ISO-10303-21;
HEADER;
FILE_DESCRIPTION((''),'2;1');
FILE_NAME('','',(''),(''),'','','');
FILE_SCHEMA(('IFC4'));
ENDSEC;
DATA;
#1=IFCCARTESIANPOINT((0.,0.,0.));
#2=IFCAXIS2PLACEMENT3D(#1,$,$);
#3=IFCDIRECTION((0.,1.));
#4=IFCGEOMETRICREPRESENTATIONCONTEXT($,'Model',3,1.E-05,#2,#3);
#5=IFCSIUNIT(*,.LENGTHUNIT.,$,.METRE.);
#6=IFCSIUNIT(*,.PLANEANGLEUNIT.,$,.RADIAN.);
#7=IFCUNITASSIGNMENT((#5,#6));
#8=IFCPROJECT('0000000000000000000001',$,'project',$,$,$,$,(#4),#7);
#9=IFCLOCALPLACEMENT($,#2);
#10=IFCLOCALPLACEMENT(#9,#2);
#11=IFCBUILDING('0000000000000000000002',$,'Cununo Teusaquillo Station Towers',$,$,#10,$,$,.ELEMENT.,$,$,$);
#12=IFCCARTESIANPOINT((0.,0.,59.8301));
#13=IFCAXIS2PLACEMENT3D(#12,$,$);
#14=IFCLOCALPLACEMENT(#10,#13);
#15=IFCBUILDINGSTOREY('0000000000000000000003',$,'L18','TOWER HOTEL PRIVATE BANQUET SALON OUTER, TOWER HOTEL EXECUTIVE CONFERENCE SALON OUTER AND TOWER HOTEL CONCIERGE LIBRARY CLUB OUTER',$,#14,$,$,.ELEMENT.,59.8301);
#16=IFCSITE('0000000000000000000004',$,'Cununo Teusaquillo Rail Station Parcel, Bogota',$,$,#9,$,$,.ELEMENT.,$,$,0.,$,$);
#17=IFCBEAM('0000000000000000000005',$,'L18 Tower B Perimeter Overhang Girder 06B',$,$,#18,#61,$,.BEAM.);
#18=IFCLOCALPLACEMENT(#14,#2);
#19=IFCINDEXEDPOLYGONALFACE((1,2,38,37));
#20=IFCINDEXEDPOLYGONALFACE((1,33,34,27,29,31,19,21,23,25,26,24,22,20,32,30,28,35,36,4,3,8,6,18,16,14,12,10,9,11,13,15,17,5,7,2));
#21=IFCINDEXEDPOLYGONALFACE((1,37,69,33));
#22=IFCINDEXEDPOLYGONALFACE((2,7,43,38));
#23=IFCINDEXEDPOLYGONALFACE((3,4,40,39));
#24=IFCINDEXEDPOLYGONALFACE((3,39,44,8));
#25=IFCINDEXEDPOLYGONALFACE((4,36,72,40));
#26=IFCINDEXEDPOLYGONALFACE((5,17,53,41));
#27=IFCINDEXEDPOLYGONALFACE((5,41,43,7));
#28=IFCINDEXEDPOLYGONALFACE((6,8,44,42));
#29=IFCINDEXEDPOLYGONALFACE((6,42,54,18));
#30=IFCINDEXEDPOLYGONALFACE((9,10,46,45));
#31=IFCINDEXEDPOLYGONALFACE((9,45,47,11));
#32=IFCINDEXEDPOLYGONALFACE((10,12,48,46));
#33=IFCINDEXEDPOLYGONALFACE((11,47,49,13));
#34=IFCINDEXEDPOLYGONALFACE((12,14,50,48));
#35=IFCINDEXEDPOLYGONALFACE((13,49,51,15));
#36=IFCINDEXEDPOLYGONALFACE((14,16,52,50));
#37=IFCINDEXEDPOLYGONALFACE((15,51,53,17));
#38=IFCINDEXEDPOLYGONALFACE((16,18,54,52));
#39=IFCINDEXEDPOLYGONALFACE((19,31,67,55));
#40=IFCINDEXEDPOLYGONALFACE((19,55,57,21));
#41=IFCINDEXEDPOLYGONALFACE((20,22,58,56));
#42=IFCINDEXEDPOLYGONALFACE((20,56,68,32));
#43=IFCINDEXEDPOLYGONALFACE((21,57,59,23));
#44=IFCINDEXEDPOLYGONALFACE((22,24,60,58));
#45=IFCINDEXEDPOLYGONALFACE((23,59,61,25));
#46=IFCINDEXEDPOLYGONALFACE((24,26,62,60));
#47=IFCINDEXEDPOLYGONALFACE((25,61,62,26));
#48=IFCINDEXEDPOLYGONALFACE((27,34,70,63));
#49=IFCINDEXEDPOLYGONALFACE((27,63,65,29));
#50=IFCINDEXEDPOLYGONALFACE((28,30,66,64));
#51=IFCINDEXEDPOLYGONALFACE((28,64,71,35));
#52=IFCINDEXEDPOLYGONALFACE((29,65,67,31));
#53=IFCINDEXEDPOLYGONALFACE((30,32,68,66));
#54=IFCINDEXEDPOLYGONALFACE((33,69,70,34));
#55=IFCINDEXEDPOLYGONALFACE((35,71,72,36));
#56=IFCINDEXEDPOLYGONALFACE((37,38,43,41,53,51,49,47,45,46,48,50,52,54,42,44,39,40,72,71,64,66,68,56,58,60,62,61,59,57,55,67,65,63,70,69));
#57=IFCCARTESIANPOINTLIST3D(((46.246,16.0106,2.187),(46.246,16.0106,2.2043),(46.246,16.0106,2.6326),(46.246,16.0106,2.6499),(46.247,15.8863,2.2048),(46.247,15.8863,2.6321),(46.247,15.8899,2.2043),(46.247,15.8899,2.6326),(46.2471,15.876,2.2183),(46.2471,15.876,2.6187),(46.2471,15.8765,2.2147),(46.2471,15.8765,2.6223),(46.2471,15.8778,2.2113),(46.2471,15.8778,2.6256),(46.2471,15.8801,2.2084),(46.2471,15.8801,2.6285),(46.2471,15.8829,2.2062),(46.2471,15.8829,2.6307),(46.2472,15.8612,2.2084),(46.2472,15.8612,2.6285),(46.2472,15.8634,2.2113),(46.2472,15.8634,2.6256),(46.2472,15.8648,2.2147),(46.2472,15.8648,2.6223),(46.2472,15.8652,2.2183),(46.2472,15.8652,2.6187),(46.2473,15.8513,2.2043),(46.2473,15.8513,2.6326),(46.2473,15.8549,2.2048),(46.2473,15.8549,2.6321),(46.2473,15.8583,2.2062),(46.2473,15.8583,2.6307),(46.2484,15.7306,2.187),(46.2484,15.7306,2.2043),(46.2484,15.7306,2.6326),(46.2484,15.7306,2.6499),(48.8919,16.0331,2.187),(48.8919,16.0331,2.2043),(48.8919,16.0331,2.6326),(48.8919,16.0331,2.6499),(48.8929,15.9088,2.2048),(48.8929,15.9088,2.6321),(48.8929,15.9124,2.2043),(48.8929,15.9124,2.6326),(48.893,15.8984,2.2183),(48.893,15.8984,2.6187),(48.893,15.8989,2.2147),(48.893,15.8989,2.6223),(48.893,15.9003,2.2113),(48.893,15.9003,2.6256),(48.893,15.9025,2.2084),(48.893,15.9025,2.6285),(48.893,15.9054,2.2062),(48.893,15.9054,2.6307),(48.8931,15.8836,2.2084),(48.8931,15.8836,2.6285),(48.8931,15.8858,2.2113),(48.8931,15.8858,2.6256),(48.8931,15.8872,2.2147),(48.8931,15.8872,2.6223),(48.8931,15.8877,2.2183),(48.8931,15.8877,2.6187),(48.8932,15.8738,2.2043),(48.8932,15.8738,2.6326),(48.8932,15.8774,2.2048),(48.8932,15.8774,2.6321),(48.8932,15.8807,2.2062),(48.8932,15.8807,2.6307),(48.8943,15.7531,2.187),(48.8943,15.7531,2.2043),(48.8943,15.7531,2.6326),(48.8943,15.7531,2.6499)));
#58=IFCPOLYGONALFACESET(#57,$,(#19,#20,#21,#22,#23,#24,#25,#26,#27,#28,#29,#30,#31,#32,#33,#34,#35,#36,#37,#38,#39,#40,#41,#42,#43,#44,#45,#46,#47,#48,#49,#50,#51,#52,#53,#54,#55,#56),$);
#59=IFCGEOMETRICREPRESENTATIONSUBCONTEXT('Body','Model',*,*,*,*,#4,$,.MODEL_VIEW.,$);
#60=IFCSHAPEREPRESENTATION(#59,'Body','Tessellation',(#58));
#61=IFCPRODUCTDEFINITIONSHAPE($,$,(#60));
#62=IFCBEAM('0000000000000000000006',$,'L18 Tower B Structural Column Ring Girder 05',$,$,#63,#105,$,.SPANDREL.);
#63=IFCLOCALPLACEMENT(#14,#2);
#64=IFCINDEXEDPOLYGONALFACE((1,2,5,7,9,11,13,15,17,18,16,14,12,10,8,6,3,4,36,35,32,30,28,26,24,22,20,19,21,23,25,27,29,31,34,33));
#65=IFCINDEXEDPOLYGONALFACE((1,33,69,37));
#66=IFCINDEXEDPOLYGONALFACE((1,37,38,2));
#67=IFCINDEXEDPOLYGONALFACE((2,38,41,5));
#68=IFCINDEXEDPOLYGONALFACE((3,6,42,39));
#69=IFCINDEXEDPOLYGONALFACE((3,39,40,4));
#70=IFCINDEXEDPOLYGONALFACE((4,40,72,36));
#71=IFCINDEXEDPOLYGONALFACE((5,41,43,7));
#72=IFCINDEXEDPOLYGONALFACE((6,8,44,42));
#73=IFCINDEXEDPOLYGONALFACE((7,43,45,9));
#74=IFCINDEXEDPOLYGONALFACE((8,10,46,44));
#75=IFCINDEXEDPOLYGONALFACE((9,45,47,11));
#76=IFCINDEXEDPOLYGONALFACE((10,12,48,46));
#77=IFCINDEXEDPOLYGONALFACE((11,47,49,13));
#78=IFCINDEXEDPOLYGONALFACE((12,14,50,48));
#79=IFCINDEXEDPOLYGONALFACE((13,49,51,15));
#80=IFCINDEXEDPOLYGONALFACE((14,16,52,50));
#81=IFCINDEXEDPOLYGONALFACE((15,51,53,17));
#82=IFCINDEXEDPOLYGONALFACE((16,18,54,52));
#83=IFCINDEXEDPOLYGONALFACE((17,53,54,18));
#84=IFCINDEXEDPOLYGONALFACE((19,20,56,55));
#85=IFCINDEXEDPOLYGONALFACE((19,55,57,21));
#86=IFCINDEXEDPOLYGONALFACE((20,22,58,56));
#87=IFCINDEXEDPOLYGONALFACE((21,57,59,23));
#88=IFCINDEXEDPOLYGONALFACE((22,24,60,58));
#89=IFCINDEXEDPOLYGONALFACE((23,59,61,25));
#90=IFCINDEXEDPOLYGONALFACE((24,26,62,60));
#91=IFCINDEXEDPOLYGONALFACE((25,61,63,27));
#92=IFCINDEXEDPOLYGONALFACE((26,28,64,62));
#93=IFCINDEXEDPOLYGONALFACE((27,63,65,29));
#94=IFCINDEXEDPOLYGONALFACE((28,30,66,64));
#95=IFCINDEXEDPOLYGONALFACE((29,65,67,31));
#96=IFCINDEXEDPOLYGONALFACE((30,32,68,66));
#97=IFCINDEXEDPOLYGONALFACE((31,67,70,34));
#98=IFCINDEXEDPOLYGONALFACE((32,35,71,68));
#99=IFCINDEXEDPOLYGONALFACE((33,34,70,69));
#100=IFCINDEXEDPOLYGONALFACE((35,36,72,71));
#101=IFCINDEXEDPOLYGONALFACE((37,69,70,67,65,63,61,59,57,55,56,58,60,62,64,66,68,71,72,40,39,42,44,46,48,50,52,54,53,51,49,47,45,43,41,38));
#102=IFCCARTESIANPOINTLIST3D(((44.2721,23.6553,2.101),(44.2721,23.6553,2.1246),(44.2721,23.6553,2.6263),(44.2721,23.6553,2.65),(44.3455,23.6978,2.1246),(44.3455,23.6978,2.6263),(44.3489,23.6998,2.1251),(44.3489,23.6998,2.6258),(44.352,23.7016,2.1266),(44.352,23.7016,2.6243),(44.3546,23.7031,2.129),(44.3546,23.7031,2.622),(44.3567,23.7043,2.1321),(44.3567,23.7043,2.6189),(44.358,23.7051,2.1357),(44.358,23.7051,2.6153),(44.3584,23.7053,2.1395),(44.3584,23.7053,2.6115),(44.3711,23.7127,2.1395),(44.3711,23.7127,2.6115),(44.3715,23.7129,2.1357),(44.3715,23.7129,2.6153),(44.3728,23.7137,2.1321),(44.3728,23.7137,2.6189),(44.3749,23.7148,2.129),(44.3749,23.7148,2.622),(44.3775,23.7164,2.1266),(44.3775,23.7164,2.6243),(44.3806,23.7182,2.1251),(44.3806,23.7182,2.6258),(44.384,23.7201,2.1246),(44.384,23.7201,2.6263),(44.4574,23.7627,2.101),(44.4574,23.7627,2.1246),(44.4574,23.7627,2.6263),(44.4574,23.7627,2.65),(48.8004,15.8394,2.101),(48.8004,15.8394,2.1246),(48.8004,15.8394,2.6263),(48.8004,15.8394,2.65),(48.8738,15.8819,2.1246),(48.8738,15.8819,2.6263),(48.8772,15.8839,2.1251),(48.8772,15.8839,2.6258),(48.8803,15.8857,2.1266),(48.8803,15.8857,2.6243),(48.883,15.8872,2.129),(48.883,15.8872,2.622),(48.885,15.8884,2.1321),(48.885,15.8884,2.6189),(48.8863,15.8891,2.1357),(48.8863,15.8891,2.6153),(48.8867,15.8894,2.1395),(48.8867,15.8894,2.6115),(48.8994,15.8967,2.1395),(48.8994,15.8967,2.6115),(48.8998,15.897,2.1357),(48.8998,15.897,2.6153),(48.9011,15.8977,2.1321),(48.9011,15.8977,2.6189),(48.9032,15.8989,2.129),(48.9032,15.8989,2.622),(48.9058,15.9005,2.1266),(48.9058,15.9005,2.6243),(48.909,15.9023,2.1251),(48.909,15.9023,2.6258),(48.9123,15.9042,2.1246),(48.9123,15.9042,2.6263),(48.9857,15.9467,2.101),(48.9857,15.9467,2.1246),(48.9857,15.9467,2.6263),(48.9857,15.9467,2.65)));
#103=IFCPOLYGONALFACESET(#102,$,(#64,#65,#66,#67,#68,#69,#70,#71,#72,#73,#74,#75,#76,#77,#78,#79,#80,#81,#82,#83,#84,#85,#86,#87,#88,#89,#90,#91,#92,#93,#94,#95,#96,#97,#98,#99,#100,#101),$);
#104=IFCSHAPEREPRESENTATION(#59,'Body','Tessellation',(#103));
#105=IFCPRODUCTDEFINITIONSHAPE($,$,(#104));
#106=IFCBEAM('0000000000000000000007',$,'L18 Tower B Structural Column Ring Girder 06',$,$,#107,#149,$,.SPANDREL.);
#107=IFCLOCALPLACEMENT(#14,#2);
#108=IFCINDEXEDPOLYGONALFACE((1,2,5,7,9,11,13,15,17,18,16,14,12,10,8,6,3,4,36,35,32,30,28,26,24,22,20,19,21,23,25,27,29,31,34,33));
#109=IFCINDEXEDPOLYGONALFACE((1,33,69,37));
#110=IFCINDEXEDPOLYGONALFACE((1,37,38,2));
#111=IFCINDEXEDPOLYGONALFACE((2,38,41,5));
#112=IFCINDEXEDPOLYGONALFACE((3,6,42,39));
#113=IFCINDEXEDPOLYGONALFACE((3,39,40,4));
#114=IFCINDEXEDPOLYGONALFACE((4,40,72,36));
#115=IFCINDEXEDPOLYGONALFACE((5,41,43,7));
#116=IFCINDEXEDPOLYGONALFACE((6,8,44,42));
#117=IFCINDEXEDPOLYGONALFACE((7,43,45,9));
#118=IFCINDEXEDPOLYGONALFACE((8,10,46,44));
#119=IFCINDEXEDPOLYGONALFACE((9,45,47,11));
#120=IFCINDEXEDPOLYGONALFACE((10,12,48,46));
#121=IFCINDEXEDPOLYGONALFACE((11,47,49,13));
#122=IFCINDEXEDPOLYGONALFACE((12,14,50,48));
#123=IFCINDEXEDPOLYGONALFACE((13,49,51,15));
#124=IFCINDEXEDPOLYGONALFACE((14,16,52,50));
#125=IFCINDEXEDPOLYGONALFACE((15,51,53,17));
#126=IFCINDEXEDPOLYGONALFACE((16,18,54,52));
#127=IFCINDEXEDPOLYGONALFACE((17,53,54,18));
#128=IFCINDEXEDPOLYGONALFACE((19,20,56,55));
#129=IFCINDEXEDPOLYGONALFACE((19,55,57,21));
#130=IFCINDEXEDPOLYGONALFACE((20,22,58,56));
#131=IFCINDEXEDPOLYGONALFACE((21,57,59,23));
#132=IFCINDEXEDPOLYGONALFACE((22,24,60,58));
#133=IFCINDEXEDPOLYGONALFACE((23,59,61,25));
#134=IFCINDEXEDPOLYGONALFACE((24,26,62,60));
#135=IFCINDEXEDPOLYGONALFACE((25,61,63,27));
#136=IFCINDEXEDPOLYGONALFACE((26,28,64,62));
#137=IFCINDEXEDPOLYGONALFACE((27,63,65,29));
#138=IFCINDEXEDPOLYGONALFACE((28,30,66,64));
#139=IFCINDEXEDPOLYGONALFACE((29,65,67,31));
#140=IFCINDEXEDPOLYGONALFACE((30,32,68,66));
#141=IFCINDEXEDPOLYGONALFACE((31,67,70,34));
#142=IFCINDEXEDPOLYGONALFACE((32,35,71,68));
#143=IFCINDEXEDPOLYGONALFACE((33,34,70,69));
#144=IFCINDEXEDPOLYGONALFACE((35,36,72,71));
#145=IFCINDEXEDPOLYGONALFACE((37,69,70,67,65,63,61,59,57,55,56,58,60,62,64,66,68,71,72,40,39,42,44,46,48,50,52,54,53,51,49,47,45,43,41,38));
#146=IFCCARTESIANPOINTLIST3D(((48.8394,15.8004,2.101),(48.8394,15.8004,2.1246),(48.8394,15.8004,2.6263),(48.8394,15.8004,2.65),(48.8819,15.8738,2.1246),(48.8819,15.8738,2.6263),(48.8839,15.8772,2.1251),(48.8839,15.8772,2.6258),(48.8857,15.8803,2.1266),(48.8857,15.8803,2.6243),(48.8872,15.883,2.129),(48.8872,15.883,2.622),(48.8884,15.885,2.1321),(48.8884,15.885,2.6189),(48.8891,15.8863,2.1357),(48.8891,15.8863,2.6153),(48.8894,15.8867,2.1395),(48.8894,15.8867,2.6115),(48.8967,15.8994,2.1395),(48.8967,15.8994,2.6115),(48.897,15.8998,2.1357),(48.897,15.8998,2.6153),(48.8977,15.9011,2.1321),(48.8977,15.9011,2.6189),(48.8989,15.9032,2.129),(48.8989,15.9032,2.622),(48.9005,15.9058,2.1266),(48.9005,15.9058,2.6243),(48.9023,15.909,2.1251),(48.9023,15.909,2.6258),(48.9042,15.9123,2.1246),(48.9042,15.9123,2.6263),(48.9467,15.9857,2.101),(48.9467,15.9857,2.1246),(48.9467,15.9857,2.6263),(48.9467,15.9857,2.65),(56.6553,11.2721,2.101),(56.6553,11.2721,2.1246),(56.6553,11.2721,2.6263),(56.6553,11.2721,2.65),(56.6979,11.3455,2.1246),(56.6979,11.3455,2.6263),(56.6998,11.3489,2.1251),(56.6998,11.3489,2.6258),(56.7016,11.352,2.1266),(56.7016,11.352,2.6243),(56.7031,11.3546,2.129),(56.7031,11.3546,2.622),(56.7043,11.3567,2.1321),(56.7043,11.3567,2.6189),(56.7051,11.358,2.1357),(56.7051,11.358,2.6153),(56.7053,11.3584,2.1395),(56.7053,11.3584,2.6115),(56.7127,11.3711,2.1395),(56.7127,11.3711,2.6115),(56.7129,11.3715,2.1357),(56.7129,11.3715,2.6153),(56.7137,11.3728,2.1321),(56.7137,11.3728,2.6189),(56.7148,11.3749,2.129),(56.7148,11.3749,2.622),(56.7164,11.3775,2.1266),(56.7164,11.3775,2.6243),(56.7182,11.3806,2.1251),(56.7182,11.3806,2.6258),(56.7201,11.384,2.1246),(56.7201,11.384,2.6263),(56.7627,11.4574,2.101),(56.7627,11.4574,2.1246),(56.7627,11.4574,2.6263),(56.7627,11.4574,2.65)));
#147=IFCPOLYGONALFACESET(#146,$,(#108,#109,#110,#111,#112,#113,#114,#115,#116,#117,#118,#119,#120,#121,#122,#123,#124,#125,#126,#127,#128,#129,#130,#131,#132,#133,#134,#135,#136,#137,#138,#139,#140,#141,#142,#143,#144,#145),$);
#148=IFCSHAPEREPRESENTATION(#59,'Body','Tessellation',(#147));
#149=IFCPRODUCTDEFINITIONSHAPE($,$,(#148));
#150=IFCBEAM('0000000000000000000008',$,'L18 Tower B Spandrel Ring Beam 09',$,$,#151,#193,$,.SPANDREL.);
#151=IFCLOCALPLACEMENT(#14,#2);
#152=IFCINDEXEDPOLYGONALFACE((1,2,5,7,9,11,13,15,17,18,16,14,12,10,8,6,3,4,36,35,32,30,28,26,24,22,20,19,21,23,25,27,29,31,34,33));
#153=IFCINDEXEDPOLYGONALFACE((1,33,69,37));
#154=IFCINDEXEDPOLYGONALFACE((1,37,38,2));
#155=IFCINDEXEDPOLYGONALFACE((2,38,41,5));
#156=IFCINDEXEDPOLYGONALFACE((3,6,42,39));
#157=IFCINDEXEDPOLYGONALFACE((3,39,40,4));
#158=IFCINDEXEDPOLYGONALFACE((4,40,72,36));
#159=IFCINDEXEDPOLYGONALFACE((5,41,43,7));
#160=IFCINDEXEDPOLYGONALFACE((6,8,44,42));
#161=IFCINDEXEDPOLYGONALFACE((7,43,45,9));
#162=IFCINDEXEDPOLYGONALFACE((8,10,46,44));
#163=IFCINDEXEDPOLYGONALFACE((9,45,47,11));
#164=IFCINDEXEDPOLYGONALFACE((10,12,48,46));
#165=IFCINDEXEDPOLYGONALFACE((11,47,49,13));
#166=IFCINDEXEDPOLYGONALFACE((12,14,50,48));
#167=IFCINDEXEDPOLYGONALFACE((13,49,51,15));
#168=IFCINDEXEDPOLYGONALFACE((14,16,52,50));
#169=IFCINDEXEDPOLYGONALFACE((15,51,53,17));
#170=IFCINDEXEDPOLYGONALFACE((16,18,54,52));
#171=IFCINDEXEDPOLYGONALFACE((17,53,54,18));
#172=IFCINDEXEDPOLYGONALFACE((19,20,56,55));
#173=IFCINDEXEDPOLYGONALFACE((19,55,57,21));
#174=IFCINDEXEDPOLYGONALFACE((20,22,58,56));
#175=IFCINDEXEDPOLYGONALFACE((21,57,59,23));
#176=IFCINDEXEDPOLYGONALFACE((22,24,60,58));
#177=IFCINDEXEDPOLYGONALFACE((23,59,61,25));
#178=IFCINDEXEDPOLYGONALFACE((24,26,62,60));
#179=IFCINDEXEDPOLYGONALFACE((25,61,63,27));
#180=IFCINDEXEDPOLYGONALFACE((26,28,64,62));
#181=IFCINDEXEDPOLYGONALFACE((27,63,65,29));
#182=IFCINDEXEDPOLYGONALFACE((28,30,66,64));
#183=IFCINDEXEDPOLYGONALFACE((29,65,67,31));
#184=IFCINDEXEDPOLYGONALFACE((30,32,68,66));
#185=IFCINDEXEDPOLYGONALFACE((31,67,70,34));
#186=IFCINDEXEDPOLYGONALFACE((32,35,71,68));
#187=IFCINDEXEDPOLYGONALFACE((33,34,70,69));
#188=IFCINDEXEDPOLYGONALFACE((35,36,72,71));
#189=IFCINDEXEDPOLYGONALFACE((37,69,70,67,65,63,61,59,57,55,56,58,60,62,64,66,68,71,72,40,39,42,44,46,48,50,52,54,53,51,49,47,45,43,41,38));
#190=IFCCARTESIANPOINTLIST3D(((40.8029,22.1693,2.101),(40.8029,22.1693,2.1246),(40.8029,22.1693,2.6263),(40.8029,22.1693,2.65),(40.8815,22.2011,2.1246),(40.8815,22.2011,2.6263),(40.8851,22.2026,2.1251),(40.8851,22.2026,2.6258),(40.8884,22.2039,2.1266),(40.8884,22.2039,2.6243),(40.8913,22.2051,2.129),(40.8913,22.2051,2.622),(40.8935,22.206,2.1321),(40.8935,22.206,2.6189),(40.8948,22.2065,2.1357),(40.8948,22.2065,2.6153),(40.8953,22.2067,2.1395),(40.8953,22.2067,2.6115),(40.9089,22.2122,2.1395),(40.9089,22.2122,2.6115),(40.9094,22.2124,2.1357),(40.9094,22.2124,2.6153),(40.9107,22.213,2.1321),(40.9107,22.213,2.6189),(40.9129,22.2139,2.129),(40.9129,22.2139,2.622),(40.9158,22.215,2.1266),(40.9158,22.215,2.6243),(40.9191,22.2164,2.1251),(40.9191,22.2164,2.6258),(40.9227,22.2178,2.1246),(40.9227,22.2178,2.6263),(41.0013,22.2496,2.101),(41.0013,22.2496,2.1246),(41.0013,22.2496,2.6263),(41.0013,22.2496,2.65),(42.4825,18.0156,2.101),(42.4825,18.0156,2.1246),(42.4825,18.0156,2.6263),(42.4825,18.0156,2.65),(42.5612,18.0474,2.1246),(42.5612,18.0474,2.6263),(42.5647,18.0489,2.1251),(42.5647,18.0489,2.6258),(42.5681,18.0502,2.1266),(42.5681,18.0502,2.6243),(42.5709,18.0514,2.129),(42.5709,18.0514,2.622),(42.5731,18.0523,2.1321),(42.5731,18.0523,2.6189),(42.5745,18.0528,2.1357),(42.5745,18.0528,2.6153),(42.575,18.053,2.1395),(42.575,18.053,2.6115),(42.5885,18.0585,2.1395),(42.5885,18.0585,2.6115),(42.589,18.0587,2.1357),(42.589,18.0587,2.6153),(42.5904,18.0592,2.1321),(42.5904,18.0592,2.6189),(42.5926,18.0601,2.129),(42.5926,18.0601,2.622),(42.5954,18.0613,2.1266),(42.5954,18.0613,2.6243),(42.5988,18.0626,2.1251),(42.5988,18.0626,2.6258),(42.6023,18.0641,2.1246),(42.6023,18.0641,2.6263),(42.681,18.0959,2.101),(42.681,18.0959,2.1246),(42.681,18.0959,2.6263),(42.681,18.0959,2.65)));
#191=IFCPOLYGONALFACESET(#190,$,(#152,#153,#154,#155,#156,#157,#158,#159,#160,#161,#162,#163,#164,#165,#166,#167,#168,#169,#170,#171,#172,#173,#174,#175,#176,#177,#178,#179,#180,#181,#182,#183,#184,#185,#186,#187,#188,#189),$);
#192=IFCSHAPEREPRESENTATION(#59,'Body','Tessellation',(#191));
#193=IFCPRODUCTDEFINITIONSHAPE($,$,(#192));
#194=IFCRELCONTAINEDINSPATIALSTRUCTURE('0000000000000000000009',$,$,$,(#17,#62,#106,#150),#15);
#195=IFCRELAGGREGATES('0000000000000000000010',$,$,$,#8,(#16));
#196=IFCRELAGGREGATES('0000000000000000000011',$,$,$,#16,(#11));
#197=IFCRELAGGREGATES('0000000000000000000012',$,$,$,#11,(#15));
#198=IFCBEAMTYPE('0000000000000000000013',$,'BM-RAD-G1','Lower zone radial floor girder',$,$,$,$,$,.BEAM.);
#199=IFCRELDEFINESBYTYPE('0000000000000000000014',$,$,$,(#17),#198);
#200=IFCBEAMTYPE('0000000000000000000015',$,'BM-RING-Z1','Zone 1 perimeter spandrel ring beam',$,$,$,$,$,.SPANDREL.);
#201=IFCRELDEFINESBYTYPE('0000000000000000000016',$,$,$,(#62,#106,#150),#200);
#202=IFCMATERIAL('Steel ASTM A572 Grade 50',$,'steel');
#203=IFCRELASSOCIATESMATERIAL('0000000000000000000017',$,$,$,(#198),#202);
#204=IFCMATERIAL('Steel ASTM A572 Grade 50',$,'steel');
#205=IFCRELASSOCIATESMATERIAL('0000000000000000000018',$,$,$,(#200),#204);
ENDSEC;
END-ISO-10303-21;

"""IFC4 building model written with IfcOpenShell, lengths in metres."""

from ifc_helpers import new_model, si_unit, direction, frame, origin, origin_2d, place, context, subcontext, project, spatial, i_section, extrude, material, material_profile, profile_set, type_object, element, save


model = new_model("IFC4")

# Units and contexts
model_context = context("Model", 3, precision=1e-05, world=origin(), true_north=direction((0.0, 1.0)))
body_context = subcontext(model_context, "Body", "Model", "MODEL_VIEW")
ifc_project = project(units=[si_unit("LENGTHUNIT", "METRE"), si_unit("PLANEANGLEUNIT", "RADIAN")], contexts=[model_context])

# Site, building, storey
site_placement = place(None, origin())
site = spatial("IfcSite", under=ifc_project, at=site_placement, Name="Cununo Teusaquillo Rail Station Parcel, Bogota", CompositionType="ELEMENT", RefElevation=0.0)
building_placement = place(site_placement, origin())
building = spatial("IfcBuilding", under=site, at=building_placement, Name="Cununo Teusaquillo Station Towers", CompositionType="ELEMENT")
storey_placement = place(building_placement, frame((0.0, 0.0, 59.8301)))
storey = spatial("IfcBuildingStorey", under=building, at=storey_placement, Name="L18", Description="TOWER HOTEL PRIVATE BANQUET SALON OUTER, TOWER HOTEL EXECUTIVE CONFERENCE SALON OUTER AND TOWER HOTEL CONCIERGE LIBRARY CLUB OUTER", CompositionType="ELEMENT", Elevation=59.8301)

# Beams
ifc_material_1 = material(Name="Steel ASTM A572 Grade 50", Category="steel")
ifc_material_profile_1 = material_profile(ifc_material_1, i_section(OverallWidth=0.28, OverallDepth=0.4629, WebThickness=0.0107, FlangeThickness=0.0173, FilletRadius=0.0139, at=origin_2d()), Name="W18X76")
ifc_profile_set_1 = profile_set([ifc_material_profile_1], Name="Steel ASTM A572 Grade 50")
beam_type_1 = type_object("IfcBeamType", Name="BM-RAD-G1", Description="Lower zone radial floor girder", PredefinedType="BEAM", material=ifc_profile_set_1)
beam_1_placement = place(storey_placement, frame((48.8931, 15.8931, 2.4185), z_axis=(-0.999964, -0.008488, 0.0), x_axis=(0.008488, -0.999964, 0.0)))
element("IfcBeam", 1, at=beam_1_placement, inside=storey, type_object=beam_type_1, Name="L18 Tower B Perimeter Overhang Girder 06B", PredefinedType="BEAM", context=body_context, shape_type="SweptSolid", body=[
    extrude(i_section(OverallWidth=0.28, OverallDepth=0.4629, WebThickness=0.0107, FlangeThickness=0.0173, FilletRadius=0.0139, at=origin_2d()), origin(), (0.0, 0.0, 1.0), 2.646),
])
ifc_material_2 = material(Name="Steel ASTM A572 Grade 50", Category="steel")
ifc_material_profile_2 = material_profile(ifc_material_2, i_section(OverallWidth=0.2141, OverallDepth=0.5491, WebThickness=0.0146, FlangeThickness=0.0237, FilletRadius=0.0149, at=origin_2d()), Name="W21X93")
ifc_profile_set_2 = profile_set([ifc_material_profile_2], Name="Steel ASTM A572 Grade 50")
beam_type_2 = type_object("IfcBeamType", Name="BM-RING-Z1", Description="Zone 1 perimeter spandrel ring beam", PredefinedType="SPANDREL", material=ifc_profile_set_2)
for number, where, z_axis, x_axis, name in (
    (2, (44.3647, 23.709, 2.3755), (0.501311, -0.865267, 0.0), (0.865267, 0.501311, 0.0), "L18 Tower B Structural Column Ring Girder 05"),
    (3, (48.8931, 15.8931, 2.3755), (0.865267, -0.501311, 0.0), (0.501311, 0.865267, 0.0), "L18 Tower B Structural Column Ring Girder 06"),
):
    element("IfcBeam", number, at=place(storey_placement, frame(where, z_axis=z_axis, x_axis=x_axis)), inside=storey, type_object=beam_type_2, Name=name, PredefinedType="SPANDREL", context=body_context, shape_type="SweptSolid", body=[
        extrude(i_section(OverallWidth=0.2141, OverallDepth=0.5491, WebThickness=0.0146, FlangeThickness=0.0237, FilletRadius=0.0149, at=origin_2d()), origin(), (0.0, 0.0, 1.0), 9.033),
    ])
beam_2_placement = place(storey_placement, frame((40.9021, 22.2095, 2.3755), z_axis=(0.374883, -0.927072, 0.0), x_axis=(0.927072, 0.374883, 0.0)))
element("IfcBeam", 4, at=beam_2_placement, inside=storey, type_object=beam_type_2, Name="L18 Tower B Spandrel Ring Beam 09", PredefinedType="SPANDREL", context=body_context, shape_type="SweptSolid", body=[
    extrude(i_section(OverallWidth=0.2141, OverallDepth=0.5491, WebThickness=0.0146, FlangeThickness=0.0237, FilletRadius=0.0149, at=origin_2d()), origin(), (0.0, 0.0, 1.0), 4.4805),
])

save(model, "model.ifc")
